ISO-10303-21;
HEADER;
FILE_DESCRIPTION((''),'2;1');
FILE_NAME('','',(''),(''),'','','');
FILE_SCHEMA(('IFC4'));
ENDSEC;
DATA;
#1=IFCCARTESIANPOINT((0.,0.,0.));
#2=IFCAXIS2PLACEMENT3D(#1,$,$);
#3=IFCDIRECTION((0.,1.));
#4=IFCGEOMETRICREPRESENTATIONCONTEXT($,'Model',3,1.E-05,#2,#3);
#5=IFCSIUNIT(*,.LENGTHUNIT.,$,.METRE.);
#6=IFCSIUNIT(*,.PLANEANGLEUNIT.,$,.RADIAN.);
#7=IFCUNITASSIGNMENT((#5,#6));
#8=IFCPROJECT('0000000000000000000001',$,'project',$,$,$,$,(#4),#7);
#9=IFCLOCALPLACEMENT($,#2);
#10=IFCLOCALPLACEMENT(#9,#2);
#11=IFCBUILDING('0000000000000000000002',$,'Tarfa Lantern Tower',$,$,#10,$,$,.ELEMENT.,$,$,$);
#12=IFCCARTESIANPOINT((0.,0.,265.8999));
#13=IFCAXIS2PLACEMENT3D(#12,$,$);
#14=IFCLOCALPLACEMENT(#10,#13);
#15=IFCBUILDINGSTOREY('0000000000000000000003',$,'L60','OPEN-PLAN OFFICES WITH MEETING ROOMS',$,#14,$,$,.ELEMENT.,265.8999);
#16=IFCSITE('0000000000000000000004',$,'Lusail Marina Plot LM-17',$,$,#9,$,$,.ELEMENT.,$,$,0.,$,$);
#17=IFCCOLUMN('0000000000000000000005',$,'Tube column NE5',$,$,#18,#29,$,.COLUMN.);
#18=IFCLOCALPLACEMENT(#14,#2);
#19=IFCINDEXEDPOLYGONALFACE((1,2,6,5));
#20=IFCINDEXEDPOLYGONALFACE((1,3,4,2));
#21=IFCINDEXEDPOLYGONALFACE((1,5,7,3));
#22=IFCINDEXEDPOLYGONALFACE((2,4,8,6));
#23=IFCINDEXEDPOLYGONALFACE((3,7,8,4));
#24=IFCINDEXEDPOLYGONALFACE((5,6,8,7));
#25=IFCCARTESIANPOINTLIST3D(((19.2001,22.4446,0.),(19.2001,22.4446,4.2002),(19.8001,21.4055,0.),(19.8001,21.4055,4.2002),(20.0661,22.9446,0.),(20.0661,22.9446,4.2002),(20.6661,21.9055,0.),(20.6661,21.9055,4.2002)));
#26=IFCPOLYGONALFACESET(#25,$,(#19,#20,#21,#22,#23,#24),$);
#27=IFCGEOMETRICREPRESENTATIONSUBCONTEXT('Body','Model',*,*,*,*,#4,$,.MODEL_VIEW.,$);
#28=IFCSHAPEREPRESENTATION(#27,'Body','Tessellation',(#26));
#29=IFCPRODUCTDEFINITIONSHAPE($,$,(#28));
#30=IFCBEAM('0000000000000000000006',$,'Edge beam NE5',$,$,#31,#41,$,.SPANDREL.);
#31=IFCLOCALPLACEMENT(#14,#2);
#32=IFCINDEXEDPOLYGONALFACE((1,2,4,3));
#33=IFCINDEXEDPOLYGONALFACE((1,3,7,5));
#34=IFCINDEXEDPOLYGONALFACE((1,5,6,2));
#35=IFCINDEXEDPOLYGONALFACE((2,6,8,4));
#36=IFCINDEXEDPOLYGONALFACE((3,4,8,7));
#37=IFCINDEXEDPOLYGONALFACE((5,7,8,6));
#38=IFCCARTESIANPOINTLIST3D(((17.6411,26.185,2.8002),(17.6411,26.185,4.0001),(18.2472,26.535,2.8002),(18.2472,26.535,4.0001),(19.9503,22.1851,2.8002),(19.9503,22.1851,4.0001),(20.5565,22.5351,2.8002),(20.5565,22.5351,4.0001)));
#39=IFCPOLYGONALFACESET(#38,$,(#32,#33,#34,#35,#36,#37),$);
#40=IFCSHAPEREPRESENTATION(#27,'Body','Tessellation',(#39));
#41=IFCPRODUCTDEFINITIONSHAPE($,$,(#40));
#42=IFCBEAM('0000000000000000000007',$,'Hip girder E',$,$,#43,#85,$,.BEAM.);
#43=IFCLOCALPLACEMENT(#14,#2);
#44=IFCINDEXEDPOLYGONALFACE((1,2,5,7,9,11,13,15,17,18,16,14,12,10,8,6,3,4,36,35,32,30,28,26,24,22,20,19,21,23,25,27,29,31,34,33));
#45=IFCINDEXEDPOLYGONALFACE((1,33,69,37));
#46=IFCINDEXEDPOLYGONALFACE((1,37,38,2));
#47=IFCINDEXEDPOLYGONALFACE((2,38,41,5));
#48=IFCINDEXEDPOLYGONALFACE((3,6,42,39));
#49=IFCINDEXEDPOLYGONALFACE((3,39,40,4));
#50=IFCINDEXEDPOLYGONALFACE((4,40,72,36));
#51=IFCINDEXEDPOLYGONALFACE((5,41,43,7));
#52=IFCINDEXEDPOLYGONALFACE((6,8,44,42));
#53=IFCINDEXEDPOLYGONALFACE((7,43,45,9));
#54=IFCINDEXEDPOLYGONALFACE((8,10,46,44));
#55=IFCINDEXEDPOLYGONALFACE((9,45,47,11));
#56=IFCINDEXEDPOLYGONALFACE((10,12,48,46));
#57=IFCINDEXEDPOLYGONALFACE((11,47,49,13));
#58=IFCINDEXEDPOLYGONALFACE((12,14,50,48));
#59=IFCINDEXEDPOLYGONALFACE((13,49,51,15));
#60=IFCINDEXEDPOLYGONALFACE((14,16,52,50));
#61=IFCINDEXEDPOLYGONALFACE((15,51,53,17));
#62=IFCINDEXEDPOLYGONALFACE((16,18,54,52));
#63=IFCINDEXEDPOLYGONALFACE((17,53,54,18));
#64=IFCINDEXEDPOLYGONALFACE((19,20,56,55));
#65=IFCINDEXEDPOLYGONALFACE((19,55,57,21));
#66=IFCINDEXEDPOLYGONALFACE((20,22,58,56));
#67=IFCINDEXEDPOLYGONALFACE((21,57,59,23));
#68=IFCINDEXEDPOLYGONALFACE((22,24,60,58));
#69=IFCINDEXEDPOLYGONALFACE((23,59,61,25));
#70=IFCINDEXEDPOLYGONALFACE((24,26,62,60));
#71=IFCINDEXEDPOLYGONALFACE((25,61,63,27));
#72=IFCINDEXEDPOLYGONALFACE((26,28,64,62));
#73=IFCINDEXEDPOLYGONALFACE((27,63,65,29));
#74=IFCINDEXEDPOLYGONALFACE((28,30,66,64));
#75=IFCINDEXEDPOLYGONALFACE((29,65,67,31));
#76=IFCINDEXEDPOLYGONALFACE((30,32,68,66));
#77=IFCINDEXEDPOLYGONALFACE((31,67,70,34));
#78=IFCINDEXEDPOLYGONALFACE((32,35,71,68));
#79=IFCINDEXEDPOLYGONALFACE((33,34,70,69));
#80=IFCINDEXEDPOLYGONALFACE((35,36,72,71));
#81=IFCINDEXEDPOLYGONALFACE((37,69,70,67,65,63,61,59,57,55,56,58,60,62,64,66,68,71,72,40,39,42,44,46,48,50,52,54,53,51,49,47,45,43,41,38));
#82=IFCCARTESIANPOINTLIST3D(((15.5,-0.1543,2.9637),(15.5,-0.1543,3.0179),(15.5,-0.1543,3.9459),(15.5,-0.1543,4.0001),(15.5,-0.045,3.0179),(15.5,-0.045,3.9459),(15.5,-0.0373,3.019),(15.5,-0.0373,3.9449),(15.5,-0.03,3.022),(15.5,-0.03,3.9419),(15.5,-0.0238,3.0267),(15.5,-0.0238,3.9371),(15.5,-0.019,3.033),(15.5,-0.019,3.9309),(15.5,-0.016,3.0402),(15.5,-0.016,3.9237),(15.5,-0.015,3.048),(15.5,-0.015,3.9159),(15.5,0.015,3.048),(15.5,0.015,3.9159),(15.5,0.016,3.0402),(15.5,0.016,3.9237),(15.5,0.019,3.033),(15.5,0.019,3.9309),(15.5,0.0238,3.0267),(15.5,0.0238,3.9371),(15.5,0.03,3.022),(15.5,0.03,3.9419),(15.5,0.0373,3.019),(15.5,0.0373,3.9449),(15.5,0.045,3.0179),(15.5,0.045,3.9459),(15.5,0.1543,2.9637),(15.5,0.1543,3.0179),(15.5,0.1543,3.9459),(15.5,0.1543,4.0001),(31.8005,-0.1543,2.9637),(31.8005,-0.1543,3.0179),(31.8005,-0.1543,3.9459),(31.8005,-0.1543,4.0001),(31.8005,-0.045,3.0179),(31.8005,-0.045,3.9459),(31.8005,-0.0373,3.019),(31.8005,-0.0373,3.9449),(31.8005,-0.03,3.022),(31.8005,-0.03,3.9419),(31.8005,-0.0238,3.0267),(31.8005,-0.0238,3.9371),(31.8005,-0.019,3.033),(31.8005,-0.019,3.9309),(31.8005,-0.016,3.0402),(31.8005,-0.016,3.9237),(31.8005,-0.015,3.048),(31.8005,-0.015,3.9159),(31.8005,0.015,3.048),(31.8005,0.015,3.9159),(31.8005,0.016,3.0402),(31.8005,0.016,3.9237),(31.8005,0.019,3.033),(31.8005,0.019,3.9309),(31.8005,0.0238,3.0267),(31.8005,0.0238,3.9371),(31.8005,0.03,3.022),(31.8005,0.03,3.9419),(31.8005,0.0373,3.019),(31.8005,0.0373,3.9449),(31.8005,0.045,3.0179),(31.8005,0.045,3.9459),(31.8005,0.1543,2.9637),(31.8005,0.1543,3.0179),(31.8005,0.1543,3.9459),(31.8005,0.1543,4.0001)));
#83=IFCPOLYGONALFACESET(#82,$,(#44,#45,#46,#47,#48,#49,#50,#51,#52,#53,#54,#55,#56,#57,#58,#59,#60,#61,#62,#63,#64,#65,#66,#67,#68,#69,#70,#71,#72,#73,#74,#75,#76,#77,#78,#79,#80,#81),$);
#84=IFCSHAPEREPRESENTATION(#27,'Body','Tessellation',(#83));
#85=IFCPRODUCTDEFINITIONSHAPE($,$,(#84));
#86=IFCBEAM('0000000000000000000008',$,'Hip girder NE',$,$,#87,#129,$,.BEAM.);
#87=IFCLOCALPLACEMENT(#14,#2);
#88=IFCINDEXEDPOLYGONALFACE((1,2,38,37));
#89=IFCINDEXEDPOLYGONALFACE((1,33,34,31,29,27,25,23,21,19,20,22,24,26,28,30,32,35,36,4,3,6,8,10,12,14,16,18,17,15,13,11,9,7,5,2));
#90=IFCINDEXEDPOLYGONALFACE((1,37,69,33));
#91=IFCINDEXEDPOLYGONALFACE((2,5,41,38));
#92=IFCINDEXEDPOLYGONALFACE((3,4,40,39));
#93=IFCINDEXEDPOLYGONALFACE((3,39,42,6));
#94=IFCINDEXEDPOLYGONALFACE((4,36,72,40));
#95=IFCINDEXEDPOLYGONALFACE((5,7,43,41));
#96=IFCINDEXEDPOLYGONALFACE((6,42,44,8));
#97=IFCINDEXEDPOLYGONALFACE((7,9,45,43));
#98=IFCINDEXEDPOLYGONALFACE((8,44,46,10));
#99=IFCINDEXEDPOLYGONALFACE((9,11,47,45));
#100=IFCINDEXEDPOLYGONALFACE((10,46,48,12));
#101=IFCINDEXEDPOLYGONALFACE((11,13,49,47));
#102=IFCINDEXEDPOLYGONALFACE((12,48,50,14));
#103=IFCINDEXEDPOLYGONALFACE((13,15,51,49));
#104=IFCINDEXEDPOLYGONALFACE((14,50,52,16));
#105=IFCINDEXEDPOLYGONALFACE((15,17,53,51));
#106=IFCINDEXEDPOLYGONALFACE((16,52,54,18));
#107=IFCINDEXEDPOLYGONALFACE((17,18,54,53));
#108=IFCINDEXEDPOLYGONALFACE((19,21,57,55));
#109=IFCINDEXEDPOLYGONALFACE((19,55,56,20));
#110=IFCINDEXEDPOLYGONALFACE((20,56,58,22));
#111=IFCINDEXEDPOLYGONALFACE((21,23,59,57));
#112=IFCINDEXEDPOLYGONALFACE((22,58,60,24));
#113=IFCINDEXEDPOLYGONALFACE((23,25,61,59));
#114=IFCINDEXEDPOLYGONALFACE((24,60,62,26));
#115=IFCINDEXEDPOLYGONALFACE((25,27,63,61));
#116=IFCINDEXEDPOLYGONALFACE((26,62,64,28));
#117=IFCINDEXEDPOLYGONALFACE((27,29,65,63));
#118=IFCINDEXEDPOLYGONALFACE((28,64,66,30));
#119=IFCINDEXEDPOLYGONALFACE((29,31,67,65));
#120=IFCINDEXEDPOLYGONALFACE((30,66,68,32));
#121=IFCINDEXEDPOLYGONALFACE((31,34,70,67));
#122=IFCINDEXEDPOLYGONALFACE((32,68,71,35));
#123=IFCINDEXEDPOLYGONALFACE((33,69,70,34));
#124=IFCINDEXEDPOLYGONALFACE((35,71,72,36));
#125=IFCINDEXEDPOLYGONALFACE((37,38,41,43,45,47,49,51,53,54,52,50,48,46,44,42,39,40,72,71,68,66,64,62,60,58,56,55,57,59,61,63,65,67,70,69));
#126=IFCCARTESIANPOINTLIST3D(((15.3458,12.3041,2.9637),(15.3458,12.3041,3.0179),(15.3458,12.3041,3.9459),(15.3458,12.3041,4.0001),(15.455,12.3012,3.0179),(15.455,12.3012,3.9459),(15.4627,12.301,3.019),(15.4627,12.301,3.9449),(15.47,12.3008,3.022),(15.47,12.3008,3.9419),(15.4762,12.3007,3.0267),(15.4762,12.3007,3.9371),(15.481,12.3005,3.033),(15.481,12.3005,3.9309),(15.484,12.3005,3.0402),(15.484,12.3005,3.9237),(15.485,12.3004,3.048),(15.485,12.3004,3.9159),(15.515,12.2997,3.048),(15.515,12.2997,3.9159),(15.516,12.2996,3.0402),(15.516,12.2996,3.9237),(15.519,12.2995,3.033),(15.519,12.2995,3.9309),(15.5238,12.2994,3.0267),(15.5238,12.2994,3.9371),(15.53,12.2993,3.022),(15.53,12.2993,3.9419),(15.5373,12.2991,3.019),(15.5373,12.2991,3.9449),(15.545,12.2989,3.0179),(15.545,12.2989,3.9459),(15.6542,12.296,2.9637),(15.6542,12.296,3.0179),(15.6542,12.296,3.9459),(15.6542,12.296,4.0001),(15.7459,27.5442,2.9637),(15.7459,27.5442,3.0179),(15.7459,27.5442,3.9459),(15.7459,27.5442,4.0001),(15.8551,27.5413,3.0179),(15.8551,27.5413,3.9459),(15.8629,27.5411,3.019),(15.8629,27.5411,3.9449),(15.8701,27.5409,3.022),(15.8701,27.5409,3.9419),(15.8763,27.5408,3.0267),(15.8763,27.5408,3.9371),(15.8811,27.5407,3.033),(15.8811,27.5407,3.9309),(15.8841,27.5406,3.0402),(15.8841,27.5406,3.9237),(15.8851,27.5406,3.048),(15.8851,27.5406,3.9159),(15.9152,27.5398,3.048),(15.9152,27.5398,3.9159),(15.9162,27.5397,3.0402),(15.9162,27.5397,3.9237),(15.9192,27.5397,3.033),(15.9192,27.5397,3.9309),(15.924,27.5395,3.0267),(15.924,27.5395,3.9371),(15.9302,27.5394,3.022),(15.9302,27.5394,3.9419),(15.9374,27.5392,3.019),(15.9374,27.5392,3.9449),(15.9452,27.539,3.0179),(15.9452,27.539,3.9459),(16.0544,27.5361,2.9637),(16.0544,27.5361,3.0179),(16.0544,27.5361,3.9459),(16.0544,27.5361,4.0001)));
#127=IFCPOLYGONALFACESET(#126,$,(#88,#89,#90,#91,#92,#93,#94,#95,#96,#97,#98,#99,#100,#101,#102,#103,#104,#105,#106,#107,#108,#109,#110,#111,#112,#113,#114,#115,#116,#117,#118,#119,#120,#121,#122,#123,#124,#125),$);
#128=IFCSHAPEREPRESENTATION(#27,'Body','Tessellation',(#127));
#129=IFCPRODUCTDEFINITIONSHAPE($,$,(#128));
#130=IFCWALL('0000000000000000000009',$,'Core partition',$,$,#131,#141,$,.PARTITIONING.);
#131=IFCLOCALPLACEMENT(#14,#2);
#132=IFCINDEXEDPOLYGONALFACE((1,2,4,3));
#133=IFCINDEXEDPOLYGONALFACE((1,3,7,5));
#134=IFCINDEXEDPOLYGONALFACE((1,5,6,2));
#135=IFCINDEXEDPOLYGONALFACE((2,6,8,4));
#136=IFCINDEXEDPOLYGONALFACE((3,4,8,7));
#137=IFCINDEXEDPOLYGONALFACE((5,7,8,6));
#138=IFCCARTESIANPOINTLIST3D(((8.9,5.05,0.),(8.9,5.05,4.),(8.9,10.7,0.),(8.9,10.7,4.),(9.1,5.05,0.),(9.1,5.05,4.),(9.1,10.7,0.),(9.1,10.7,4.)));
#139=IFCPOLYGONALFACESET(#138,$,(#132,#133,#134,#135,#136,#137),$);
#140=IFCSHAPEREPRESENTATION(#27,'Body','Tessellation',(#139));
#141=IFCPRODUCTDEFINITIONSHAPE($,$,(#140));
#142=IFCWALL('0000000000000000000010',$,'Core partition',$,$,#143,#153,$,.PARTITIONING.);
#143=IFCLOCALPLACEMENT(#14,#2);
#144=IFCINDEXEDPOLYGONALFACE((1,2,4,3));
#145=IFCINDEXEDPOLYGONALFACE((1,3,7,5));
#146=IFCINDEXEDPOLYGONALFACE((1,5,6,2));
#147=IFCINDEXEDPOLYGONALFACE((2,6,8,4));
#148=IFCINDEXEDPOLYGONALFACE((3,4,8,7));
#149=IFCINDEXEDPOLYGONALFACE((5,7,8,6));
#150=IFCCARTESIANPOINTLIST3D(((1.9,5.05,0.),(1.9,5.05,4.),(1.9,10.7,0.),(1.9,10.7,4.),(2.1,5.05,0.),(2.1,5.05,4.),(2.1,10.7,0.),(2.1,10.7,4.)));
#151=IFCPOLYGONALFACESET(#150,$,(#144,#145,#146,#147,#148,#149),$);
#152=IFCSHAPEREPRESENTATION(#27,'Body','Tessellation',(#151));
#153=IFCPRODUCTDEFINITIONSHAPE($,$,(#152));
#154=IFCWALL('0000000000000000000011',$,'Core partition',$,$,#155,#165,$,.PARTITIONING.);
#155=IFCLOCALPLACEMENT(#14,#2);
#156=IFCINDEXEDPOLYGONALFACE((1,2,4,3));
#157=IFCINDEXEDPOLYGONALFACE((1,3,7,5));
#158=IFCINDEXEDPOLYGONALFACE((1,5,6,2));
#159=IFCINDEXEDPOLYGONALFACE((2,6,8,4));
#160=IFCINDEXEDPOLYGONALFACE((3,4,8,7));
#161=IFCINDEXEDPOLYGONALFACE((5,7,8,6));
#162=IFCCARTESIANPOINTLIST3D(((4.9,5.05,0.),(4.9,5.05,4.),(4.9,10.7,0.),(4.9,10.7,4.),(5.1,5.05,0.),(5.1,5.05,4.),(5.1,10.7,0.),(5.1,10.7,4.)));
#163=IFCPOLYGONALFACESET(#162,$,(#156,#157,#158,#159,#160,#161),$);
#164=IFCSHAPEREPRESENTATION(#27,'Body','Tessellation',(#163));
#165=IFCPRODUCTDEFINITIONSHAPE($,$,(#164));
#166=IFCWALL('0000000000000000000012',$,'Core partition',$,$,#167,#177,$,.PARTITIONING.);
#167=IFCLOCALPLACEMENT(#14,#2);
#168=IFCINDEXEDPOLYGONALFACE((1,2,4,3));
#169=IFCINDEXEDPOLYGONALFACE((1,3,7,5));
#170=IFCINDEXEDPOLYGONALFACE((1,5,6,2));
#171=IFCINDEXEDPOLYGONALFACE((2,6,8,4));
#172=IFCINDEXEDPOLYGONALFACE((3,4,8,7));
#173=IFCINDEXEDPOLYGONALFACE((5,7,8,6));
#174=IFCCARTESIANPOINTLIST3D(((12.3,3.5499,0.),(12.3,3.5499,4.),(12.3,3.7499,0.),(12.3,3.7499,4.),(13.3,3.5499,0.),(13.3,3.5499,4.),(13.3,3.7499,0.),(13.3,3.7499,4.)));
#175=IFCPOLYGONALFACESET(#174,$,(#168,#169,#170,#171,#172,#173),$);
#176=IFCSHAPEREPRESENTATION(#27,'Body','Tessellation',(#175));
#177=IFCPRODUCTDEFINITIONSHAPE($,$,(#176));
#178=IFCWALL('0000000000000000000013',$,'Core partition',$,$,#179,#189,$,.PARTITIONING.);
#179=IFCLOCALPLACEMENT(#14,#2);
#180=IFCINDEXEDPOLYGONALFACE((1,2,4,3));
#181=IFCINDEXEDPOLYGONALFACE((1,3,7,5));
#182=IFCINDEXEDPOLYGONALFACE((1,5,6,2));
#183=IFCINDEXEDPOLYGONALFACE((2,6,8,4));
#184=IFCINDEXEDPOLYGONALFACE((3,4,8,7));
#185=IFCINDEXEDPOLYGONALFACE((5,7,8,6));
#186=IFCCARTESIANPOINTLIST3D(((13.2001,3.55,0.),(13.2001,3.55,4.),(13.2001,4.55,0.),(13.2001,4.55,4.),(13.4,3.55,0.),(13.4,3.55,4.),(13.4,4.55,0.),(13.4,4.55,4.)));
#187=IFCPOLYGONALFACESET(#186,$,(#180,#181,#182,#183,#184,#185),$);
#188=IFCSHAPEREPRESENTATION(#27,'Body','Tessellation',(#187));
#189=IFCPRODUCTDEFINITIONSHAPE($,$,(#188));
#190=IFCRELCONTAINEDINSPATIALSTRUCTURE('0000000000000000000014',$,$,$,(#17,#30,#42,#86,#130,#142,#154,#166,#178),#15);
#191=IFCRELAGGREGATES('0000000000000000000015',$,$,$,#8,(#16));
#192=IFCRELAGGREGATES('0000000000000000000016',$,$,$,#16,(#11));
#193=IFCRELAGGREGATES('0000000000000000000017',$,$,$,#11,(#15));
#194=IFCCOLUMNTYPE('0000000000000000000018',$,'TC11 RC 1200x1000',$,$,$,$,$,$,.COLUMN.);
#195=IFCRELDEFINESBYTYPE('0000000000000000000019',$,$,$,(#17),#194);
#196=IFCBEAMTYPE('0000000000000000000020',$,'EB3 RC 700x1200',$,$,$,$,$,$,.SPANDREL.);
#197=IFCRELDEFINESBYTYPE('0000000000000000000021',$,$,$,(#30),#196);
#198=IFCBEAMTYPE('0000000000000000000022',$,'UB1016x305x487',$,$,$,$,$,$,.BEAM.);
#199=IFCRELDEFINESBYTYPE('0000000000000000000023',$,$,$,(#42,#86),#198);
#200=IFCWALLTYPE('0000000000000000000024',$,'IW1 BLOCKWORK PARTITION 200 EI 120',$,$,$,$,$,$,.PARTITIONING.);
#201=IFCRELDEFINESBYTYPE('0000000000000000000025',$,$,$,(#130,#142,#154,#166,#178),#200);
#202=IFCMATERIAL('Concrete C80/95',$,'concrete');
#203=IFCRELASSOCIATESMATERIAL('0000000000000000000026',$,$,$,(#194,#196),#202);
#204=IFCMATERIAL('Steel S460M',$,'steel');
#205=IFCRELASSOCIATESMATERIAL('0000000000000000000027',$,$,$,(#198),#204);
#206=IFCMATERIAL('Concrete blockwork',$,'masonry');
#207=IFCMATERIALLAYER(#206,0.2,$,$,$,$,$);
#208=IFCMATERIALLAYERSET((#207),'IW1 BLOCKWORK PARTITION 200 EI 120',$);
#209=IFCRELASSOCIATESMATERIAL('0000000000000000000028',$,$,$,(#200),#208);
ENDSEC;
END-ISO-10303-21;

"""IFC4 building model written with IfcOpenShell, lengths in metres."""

from ifc_helpers import new_model, si_unit, direction, frame, frame_2d, origin, origin_2d, place, context, subcontext, project, spatial, rectangle, i_section, extrude, material, layer, layer_set, material_profile, profile_set, type_object, element, save


model = new_model("IFC4")

# Units and contexts
model_context = context("Model", 3, precision=1e-05, world=origin(), true_north=direction((0.0, 1.0)))
body_context = subcontext(model_context, "Body", "Model", "MODEL_VIEW")
ifc_project = project(units=[si_unit("LENGTHUNIT", "METRE"), si_unit("PLANEANGLEUNIT", "RADIAN")], contexts=[model_context])

# Site, building, storey
site_placement = place(None, origin())
site = spatial("IfcSite", under=ifc_project, at=site_placement, Name="Lusail Marina Plot LM-17", CompositionType="ELEMENT", RefElevation=0.0)
building_placement = place(site_placement, origin())
building = spatial("IfcBuilding", under=site, at=building_placement, Name="Tarfa Lantern Tower", CompositionType="ELEMENT")
storey_placement = place(building_placement, frame((0.0, 0.0, 265.8999)))
storey = spatial("IfcBuildingStorey", under=building, at=storey_placement, Name="L60", Description="OPEN-PLAN OFFICES WITH MEETING ROOMS", CompositionType="ELEMENT", Elevation=265.8999)

# Column
ifc_material_1 = material(Name="Concrete C80/95", Category="concrete")
ifc_material_profile_1 = material_profile(ifc_material_1, rectangle(XDim=1.2, YDim=1.0, at=origin_2d()), Name="RC 1200x1000")
ifc_profile_set_1 = profile_set([ifc_material_profile_1], Name="Concrete C80/95")
column_type = type_object("IfcColumnType", Name="TC11 RC 1200x1000", PredefinedType="COLUMN", material=ifc_profile_set_1)
column_placement = place(storey_placement, frame((19.9331, 22.175, 0.0), z_axis=(0.0, 0.0, 1.0), x_axis=(-0.5, 0.866025, 0.0)))
element("IfcColumn", 1, at=column_placement, inside=storey, type_object=column_type, Name="Tube column NE5", PredefinedType="COLUMN", context=body_context, shape_type="SweptSolid", body=[
    extrude(rectangle(XDim=1.2, YDim=1.0, at=origin_2d()), origin(), (0.0, 0.0, 1.0), 4.2002),
])

# Beams
ifc_material_profile_2 = material_profile(ifc_material_1, rectangle(XDim=0.7, YDim=1.2, at=origin_2d()), Name="RC 700x1200")
ifc_profile_set_2 = profile_set([ifc_material_profile_2], Name="Concrete C80/95")
beam_type_1 = type_object("IfcBeamType", Name="EB3 RC 700x1200", PredefinedType="SPANDREL", material=ifc_profile_set_2)
beam_1_placement = place(storey_placement, frame((20.2534, 22.3601, 3.4001), z_axis=(-0.499988, 0.866032, 0.0), x_axis=(-0.866032, -0.499988, 0.0)))
element("IfcBeam", 2, at=beam_1_placement, inside=storey, type_object=beam_type_1, Name="Edge beam NE5", PredefinedType="SPANDREL", context=body_context, shape_type="SweptSolid", body=[
    extrude(rectangle(XDim=0.7, YDim=1.2, at=origin_2d()), origin(), (0.0, 0.0, 1.0), 4.6187),
])
ifc_material_2 = material(Name="Steel S460M", Category="steel")
ifc_material_profile_3 = material_profile(ifc_material_2, i_section(OverallWidth=0.3086, OverallDepth=1.0364, WebThickness=0.03, FlangeThickness=0.0542, FilletRadius=0.03, at=origin_2d()), Name="UB1016x305x487")
ifc_profile_set_3 = profile_set([ifc_material_profile_3], Name="Steel S460M")
beam_type_2 = type_object("IfcBeamType", Name="UB1016x305x487", PredefinedType="BEAM", material=ifc_profile_set_3)
beam_2_placement = place(storey_placement, frame((15.5, 0.0, 3.4819), z_axis=(1.0, 0.0, 0.0), x_axis=(0.0, 1.0, 0.0)))
element("IfcBeam", 3, at=beam_2_placement, inside=storey, type_object=beam_type_2, Name="Hip girder E", PredefinedType="BEAM", context=body_context, shape_type="SweptSolid", body=[
    extrude(i_section(OverallWidth=0.3086, OverallDepth=1.0364, WebThickness=0.03, FlangeThickness=0.0542, FilletRadius=0.03, at=origin_2d()), origin(), (0.0, 0.0, 1.0), 16.3005),
])
beam_3_placement = place(storey_placement, frame((15.5, 12.3, 3.4819), z_axis=(0.026247, 0.999655, 0.0), x_axis=(-0.999655, 0.026247, 0.0)))
element("IfcBeam", 4, at=beam_3_placement, inside=storey, type_object=beam_type_2, Name="Hip girder NE", PredefinedType="BEAM", context=body_context, shape_type="SweptSolid", body=[
    extrude(i_section(OverallWidth=0.3086, OverallDepth=1.0364, WebThickness=0.03, FlangeThickness=0.0542, FilletRadius=0.03, at=origin_2d()), origin(), (0.0, 0.0, 1.0), 15.2454),
])

# Walls
ifc_material_3 = material(Name="Concrete blockwork", Category="masonry")
ifc_layer_1 = layer(ifc_material_3, 0.2)
ifc_layer_set_1 = layer_set([ifc_layer_1], Name="IW1 BLOCKWORK PARTITION 200 EI 120")
wall_type_1 = type_object("IfcWallType", Name="IW1 BLOCKWORK PARTITION 200 EI 120", PredefinedType="PARTITIONING", material=ifc_layer_set_1)
for number, where, z_axis, x_axis, name in (
    (5, (9.0, 5.05, 0.0), (0.0, 0.0, 1.0), (0.0, 1.0, 0.0), "Core partition"),
    (6, (2.0, 5.05, 0.0), (0.0, 0.0, 1.0), (0.0, 1.0, 0.0), "Core partition"),
    (7, (5.0, 5.05, 0.0), (0.0, 0.0, 1.0), (0.0, 1.0, 0.0), "Core partition"),
):
    element("IfcWall", number, at=place(storey_placement, frame(where, z_axis=z_axis, x_axis=x_axis)), inside=storey, type_object=wall_type_1, Name=name, PredefinedType="PARTITIONING", context=body_context, shape_type="SweptSolid", body=[
        extrude(rectangle(XDim=5.6499, YDim=0.2, at=frame_2d((2.825, 0.0))), origin(), (0.0, 0.0, 1.0), 4.0),
    ])
for number, where, z_axis, x_axis, name in (
    (8, (12.3, 3.6499, 0.0), (0.0, 0.0, 1.0), (1.0, 0.0, 0.0), "Core partition"),
    (9, (13.3, 3.55, 0.0), (0.0, 0.0, 1.0), (0.0, 1.0, 0.0), "Core partition"),
):
    element("IfcWall", number, at=place(storey_placement, frame(where, z_axis=z_axis, x_axis=x_axis)), inside=storey, type_object=wall_type_1, Name=name, PredefinedType="PARTITIONING", context=body_context, shape_type="SweptSolid", body=[
        extrude(rectangle(XDim=1.0, YDim=0.2, at=frame_2d((0.5, 0.0))), origin(), (0.0, 0.0, 1.0), 4.0),
    ])

save(model, "model.ifc")
